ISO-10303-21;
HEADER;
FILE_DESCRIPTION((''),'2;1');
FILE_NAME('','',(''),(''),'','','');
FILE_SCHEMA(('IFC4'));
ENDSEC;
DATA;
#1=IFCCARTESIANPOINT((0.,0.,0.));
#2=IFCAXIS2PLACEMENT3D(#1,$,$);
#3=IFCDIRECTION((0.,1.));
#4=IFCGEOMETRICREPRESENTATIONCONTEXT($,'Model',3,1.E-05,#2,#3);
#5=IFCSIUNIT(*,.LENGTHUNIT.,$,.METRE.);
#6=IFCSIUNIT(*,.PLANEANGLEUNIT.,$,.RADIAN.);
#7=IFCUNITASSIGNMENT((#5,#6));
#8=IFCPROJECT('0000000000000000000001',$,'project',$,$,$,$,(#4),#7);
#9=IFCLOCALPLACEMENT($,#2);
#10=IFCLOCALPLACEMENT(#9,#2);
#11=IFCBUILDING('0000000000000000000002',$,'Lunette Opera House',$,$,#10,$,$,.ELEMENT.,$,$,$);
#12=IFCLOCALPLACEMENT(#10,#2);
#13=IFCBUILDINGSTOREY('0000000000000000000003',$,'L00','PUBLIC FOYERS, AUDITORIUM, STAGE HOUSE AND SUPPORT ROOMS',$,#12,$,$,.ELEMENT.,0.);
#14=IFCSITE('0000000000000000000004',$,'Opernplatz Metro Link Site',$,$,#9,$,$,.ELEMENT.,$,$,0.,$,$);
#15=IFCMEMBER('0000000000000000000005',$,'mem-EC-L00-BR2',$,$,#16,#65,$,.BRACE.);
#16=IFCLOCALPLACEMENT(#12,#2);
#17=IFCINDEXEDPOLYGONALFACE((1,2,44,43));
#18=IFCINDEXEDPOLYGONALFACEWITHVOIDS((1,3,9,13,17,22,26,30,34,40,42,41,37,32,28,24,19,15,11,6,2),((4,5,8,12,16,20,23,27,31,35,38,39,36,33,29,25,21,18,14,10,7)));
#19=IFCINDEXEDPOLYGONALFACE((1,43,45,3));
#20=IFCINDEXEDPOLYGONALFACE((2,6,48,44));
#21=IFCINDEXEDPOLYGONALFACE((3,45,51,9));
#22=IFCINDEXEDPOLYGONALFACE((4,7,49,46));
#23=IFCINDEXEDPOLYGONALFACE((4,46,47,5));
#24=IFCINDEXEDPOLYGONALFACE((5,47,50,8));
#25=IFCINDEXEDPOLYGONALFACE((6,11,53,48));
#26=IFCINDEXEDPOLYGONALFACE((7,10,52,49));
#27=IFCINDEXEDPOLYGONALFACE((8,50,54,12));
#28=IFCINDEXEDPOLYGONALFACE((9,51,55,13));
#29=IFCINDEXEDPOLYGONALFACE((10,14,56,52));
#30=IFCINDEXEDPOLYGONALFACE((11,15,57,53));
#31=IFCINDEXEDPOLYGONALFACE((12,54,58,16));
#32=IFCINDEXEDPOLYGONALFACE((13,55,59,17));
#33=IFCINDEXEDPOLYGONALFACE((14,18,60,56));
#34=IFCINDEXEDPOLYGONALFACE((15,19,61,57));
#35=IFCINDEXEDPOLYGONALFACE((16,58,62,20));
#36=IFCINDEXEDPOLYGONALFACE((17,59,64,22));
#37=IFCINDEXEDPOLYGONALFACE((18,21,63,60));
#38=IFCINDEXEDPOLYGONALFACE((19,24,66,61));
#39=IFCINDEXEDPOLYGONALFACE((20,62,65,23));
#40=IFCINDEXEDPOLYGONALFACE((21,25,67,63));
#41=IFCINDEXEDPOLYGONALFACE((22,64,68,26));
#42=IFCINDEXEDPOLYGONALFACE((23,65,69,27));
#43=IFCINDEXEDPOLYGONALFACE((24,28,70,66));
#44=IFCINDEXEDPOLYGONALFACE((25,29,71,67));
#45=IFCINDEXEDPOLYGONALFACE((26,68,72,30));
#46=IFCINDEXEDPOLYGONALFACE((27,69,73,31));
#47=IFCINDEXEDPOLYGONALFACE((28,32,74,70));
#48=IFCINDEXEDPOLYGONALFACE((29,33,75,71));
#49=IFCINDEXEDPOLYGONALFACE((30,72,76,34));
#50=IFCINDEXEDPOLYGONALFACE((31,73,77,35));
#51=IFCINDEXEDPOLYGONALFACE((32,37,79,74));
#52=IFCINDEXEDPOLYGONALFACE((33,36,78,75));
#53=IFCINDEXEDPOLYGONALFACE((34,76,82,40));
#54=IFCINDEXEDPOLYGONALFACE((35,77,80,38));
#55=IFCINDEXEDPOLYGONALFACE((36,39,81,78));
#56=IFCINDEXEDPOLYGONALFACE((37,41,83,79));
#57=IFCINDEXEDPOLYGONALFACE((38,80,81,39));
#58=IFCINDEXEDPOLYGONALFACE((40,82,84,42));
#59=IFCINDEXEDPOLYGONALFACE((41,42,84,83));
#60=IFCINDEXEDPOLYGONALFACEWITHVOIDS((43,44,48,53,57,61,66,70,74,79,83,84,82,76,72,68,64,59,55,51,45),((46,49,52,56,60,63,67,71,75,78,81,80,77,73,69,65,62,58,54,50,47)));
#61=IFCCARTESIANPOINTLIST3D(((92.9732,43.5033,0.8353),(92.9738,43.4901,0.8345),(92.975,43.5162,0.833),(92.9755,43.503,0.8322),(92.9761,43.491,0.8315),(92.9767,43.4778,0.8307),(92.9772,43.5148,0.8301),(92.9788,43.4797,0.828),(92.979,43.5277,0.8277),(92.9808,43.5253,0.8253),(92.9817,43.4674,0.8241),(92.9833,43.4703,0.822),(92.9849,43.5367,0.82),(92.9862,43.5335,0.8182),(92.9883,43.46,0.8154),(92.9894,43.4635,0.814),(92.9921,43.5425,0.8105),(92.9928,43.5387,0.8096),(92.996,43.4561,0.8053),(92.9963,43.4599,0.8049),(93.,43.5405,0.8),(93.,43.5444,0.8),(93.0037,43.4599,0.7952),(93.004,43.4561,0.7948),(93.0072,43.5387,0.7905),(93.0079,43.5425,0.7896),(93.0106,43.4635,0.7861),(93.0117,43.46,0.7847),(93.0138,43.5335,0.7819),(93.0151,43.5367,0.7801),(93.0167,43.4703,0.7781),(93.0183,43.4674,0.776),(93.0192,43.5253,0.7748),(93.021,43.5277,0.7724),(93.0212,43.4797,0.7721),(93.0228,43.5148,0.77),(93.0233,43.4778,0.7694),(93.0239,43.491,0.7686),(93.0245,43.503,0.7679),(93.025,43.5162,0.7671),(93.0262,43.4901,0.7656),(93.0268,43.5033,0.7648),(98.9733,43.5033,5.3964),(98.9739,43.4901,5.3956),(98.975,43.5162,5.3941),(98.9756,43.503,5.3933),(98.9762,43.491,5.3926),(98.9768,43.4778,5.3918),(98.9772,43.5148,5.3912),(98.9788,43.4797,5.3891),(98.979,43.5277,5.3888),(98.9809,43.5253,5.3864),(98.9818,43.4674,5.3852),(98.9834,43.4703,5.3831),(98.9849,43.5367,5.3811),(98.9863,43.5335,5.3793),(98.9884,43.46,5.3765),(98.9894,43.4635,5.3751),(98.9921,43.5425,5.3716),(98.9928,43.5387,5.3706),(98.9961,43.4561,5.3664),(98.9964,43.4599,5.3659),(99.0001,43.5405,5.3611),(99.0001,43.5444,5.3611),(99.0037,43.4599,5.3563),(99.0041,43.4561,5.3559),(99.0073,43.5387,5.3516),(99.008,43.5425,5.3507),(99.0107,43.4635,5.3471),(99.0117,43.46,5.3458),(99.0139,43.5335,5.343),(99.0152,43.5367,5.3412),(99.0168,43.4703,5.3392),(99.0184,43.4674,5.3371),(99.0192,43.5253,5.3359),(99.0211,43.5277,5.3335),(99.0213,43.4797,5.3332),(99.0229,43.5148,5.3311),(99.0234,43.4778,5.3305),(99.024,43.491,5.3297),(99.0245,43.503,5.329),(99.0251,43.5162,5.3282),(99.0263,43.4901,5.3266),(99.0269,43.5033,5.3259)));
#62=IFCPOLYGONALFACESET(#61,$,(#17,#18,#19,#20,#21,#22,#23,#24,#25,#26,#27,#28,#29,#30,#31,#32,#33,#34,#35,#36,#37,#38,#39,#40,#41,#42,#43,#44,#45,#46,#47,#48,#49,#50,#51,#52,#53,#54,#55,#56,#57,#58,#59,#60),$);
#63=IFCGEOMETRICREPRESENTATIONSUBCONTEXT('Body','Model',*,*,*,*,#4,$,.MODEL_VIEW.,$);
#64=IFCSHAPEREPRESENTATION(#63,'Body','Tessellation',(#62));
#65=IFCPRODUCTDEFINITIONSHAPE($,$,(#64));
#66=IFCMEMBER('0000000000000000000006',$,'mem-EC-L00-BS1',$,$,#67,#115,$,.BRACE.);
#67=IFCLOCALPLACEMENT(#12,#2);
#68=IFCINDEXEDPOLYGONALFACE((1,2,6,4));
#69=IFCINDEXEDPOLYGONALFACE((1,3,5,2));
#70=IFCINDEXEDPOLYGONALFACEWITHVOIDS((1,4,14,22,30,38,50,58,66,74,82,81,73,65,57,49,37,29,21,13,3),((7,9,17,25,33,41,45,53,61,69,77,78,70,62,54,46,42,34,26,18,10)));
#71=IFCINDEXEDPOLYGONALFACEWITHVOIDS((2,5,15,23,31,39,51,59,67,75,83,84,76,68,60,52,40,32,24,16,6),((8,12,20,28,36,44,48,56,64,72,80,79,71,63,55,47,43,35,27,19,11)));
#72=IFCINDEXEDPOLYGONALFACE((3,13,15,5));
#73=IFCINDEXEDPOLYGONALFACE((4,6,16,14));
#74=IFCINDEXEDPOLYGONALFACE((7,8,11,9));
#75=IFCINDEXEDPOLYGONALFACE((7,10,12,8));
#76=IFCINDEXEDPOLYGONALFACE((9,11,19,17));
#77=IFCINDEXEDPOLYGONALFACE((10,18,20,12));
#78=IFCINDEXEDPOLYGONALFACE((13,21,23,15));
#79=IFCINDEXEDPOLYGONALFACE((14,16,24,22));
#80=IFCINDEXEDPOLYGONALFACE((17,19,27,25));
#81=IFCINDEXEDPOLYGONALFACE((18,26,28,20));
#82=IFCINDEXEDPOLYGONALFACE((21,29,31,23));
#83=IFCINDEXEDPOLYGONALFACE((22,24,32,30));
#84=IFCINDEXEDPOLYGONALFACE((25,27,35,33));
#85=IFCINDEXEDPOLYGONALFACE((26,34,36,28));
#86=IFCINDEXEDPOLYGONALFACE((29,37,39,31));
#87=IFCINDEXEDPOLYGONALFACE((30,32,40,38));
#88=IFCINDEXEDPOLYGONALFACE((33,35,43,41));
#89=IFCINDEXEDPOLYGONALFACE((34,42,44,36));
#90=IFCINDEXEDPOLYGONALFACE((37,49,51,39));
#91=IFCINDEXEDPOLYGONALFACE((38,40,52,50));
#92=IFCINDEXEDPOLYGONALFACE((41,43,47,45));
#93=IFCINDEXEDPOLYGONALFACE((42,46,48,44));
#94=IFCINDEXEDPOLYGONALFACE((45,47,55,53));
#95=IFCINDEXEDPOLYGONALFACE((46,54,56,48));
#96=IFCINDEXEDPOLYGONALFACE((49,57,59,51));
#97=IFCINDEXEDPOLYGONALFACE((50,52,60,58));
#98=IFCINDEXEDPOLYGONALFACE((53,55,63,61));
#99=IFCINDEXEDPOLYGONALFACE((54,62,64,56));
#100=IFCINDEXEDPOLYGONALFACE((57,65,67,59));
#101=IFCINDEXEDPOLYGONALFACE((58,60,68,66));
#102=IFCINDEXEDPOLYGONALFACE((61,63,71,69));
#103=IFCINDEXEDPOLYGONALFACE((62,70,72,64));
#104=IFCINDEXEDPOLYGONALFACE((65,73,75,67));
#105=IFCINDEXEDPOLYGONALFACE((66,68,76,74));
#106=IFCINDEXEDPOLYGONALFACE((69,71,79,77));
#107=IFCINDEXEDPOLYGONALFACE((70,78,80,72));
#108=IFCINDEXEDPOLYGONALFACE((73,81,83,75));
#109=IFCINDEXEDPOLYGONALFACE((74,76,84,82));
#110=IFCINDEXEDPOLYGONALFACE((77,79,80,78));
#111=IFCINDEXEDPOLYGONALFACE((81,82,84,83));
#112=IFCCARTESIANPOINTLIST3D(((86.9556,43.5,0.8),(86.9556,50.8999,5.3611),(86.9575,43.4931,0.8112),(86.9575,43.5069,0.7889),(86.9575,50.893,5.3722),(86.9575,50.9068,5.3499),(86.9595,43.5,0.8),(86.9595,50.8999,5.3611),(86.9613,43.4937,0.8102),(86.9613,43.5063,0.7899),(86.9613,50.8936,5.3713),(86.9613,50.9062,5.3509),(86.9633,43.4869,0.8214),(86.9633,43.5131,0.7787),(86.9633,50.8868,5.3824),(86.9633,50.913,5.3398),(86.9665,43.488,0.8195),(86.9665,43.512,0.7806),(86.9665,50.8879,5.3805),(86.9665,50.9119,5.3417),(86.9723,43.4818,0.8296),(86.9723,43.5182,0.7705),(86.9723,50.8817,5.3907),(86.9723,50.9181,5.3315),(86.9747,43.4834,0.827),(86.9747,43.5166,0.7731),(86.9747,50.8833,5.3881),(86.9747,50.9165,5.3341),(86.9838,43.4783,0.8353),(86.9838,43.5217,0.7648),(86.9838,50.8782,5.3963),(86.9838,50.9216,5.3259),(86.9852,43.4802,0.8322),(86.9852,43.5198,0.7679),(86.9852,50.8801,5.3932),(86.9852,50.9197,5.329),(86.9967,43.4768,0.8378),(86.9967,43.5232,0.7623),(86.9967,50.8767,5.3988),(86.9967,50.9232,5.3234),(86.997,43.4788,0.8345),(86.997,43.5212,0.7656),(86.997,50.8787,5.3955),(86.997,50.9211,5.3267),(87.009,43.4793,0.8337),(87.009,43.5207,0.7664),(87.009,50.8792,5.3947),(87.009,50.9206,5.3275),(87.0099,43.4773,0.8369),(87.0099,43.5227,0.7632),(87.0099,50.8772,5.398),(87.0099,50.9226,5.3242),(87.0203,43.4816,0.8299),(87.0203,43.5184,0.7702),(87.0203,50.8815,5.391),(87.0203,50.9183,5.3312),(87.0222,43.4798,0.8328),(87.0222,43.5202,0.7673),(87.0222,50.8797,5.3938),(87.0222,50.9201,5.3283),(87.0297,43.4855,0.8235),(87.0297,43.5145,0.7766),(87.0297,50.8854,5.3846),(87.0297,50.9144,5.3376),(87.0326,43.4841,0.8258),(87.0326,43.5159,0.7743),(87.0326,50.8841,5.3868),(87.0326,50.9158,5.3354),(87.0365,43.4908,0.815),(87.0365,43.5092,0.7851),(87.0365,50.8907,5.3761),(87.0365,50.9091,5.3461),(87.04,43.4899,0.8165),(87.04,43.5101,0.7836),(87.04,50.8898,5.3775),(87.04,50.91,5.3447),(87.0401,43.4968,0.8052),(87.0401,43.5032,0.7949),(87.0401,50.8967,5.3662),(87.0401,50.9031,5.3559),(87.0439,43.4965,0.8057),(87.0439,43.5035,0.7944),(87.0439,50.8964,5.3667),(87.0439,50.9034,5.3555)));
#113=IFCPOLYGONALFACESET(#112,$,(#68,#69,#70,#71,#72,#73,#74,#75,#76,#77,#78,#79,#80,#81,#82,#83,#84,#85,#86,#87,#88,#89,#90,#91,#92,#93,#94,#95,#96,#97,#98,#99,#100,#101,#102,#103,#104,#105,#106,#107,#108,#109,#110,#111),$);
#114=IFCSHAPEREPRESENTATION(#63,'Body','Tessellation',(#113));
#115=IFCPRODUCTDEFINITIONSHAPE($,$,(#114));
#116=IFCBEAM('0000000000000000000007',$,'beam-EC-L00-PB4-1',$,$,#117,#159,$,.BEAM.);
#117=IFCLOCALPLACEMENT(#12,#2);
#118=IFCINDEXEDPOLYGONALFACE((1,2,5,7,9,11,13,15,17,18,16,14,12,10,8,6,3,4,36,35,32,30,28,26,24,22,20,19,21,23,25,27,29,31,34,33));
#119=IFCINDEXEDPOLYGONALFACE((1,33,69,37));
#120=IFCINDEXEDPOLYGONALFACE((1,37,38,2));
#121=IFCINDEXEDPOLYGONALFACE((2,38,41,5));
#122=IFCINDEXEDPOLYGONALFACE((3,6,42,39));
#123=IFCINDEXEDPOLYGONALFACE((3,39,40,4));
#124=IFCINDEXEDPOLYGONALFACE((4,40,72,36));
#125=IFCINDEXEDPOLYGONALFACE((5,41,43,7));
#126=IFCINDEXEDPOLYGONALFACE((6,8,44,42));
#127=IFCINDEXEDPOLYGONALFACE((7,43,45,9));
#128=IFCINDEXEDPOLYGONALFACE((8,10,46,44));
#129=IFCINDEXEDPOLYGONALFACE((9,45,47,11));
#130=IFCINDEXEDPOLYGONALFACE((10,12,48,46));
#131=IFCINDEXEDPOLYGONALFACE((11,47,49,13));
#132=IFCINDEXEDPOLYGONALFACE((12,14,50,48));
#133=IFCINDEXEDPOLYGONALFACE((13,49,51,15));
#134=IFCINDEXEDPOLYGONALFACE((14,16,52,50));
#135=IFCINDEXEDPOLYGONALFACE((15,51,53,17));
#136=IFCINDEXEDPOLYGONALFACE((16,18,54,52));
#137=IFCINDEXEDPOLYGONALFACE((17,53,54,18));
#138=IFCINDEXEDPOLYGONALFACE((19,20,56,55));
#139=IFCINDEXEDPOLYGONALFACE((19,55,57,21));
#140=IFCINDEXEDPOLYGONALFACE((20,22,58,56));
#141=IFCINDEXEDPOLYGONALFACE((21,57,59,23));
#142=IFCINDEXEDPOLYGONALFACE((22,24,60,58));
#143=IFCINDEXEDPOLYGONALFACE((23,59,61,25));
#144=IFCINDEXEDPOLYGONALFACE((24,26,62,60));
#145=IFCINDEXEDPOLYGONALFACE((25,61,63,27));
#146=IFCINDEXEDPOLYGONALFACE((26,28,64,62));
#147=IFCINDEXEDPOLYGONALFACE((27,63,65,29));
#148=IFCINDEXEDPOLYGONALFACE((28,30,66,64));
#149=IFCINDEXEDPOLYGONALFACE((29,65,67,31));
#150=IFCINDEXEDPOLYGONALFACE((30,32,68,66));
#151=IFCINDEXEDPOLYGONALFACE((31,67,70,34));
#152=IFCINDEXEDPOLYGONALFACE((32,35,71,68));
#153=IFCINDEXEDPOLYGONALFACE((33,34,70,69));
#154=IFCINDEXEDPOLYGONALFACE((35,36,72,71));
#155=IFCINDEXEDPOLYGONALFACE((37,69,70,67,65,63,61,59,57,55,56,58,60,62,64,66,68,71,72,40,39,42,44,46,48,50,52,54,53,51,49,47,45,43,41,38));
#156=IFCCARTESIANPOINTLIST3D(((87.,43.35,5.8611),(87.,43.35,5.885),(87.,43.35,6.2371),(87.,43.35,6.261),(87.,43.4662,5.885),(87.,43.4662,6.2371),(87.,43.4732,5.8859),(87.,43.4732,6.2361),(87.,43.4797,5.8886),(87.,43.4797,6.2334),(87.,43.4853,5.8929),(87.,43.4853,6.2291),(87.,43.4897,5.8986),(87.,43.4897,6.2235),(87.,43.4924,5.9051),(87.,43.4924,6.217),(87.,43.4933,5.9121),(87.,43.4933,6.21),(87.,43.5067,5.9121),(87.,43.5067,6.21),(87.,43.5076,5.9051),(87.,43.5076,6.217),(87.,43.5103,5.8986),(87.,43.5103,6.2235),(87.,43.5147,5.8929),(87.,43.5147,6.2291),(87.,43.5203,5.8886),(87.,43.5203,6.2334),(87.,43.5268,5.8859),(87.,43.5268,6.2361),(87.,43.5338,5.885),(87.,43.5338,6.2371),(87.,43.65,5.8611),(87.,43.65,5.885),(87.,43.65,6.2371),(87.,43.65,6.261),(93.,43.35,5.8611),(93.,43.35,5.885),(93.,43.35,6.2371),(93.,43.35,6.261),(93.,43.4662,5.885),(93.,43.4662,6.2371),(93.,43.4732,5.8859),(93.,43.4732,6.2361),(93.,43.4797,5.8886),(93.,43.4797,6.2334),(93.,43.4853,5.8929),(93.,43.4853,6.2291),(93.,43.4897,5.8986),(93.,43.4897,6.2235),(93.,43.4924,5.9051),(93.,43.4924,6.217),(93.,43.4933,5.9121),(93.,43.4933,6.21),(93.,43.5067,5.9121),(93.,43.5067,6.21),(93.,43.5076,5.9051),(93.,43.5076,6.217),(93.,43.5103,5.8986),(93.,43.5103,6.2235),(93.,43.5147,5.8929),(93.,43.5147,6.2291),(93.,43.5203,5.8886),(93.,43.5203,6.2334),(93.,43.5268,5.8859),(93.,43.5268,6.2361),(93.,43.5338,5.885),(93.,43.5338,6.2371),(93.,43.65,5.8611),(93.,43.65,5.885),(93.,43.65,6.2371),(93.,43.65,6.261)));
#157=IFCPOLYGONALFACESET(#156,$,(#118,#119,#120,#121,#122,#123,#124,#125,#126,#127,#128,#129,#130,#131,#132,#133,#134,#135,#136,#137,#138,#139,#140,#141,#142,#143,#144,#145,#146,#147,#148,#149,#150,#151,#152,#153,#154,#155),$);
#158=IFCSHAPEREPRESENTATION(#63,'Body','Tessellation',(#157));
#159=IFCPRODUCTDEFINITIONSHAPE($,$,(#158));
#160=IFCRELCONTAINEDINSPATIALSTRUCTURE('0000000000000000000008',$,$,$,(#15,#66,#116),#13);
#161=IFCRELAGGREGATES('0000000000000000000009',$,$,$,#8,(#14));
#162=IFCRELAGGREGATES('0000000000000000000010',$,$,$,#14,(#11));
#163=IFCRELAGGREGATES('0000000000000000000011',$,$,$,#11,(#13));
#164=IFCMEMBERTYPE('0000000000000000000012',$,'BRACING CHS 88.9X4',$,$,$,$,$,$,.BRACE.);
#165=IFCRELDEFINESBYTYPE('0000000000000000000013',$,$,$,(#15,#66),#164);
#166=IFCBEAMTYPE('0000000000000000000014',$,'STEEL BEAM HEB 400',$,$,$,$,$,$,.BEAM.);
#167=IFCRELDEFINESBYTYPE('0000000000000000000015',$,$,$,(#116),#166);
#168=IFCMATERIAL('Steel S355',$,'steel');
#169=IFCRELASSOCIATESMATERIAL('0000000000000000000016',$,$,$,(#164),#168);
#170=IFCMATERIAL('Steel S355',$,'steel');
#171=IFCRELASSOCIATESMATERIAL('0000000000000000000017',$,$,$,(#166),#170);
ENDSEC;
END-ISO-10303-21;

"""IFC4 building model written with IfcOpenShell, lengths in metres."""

from ifc_helpers import new_model, si_unit, direction, frame, origin, origin_2d, place, context, subcontext, project, spatial, hollow_circle, i_section, extrude, material, material_profile, profile_set, type_object, element, save


model = new_model("IFC4")

# Units and contexts
model_context = context("Model", 3, precision=1e-05, world=origin(), true_north=direction((0.0, 1.0)))
body_context = subcontext(model_context, "Body", "Model", "MODEL_VIEW")
ifc_project = project(units=[si_unit("LENGTHUNIT", "METRE"), si_unit("PLANEANGLEUNIT", "RADIAN")], contexts=[model_context])

# Site, building, storey
site_placement = place(None, origin())
site = spatial("IfcSite", under=ifc_project, at=site_placement, Name="Opernplatz Metro Link Site", CompositionType="ELEMENT", RefElevation=0.0)
building_placement = place(site_placement, origin())
building = spatial("IfcBuilding", under=site, at=building_placement, Name="Lunette Opera House", CompositionType="ELEMENT")
storey_placement = place(building_placement, origin())
storey = spatial("IfcBuildingStorey", under=building, at=storey_placement, Name="L00", Description="PUBLIC FOYERS, AUDITORIUM, STAGE HOUSE AND SUPPORT ROOMS", CompositionType="ELEMENT", Elevation=0.0)

# Members
ifc_material_1 = material(Name="Steel S355", Category="steel")
ifc_material_profile_1 = material_profile(ifc_material_1, hollow_circle(Radius=0.0444, WallThickness=0.0039, at=origin_2d()), Name="CHS 88.9X4")
ifc_profile_set_1 = profile_set([ifc_material_profile_1], Name="Steel S355")
member_type = type_object("IfcMemberType", Name="BRACING CHS 88.9X4", PredefinedType="BRACE", material=ifc_profile_set_1)
for number, where, z_axis, x_axis, name in (
    (1, (93.0, 43.5, 0.8), (0.796096, 0.0, 0.60517), (0.0, 1.0, 0.0), "mem-EC-L00-BR2"),
):
    element("IfcMember", number, at=place(storey_placement, frame(where, z_axis=z_axis, x_axis=x_axis)), inside=storey, type_object=member_type, Name=name, PredefinedType="BRACE", context=body_context, shape_type="SweptSolid", body=[
        extrude(hollow_circle(Radius=0.0444, WallThickness=0.0039, at=origin_2d()), origin(), (0.0, 0.0, 1.0), 7.5369),
    ])
member_placement = place(storey_placement, frame((87.0, 43.5, 0.8), z_axis=(0.0, 0.851286, 0.524702), x_axis=(-1.0, 0.0, 0.0)))
element("IfcMember", 2, at=member_placement, inside=storey, type_object=member_type, Name="mem-EC-L00-BS1", PredefinedType="BRACE", context=body_context, shape_type="SweptSolid", body=[
    extrude(hollow_circle(Radius=0.0444, WallThickness=0.0039, at=origin_2d()), origin(), (0.0, 0.0, 1.0), 8.6926),
])

# Beam
ifc_material_2 = material(Name="Steel S355", Category="steel")
ifc_material_profile_2 = material_profile(ifc_material_2, i_section(OverallWidth=0.3, OverallDepth=0.3999, WebThickness=0.0134, FlangeThickness=0.0239, FilletRadius=0.0271, at=origin_2d()), Name="HEB 400")
ifc_profile_set_2 = profile_set([ifc_material_profile_2], Name="Steel S355")
beam_type_1 = type_object("IfcBeamType", Name="STEEL BEAM HEB 400", PredefinedType="BEAM", material=ifc_profile_set_2)
for number, where, z_axis, x_axis, name in (
    (3, (87.0, 43.5, 6.061), (1.0, 0.0, 0.0), (0.0, 1.0, 0.0), "beam-EC-L00-PB4-1"),
):
    element("IfcBeam", number, at=place(storey_placement, frame(where, z_axis=z_axis, x_axis=x_axis)), inside=storey, type_object=beam_type_1, Name=name, PredefinedType="BEAM", context=body_context, shape_type="SweptSolid", body=[
        extrude(i_section(OverallWidth=0.3, OverallDepth=0.3999, WebThickness=0.0134, FlangeThickness=0.0239, FilletRadius=0.0271, at=origin_2d()), origin(), (0.0, 0.0, 1.0), 6.0),
    ])

save(model, "model.ifc")
